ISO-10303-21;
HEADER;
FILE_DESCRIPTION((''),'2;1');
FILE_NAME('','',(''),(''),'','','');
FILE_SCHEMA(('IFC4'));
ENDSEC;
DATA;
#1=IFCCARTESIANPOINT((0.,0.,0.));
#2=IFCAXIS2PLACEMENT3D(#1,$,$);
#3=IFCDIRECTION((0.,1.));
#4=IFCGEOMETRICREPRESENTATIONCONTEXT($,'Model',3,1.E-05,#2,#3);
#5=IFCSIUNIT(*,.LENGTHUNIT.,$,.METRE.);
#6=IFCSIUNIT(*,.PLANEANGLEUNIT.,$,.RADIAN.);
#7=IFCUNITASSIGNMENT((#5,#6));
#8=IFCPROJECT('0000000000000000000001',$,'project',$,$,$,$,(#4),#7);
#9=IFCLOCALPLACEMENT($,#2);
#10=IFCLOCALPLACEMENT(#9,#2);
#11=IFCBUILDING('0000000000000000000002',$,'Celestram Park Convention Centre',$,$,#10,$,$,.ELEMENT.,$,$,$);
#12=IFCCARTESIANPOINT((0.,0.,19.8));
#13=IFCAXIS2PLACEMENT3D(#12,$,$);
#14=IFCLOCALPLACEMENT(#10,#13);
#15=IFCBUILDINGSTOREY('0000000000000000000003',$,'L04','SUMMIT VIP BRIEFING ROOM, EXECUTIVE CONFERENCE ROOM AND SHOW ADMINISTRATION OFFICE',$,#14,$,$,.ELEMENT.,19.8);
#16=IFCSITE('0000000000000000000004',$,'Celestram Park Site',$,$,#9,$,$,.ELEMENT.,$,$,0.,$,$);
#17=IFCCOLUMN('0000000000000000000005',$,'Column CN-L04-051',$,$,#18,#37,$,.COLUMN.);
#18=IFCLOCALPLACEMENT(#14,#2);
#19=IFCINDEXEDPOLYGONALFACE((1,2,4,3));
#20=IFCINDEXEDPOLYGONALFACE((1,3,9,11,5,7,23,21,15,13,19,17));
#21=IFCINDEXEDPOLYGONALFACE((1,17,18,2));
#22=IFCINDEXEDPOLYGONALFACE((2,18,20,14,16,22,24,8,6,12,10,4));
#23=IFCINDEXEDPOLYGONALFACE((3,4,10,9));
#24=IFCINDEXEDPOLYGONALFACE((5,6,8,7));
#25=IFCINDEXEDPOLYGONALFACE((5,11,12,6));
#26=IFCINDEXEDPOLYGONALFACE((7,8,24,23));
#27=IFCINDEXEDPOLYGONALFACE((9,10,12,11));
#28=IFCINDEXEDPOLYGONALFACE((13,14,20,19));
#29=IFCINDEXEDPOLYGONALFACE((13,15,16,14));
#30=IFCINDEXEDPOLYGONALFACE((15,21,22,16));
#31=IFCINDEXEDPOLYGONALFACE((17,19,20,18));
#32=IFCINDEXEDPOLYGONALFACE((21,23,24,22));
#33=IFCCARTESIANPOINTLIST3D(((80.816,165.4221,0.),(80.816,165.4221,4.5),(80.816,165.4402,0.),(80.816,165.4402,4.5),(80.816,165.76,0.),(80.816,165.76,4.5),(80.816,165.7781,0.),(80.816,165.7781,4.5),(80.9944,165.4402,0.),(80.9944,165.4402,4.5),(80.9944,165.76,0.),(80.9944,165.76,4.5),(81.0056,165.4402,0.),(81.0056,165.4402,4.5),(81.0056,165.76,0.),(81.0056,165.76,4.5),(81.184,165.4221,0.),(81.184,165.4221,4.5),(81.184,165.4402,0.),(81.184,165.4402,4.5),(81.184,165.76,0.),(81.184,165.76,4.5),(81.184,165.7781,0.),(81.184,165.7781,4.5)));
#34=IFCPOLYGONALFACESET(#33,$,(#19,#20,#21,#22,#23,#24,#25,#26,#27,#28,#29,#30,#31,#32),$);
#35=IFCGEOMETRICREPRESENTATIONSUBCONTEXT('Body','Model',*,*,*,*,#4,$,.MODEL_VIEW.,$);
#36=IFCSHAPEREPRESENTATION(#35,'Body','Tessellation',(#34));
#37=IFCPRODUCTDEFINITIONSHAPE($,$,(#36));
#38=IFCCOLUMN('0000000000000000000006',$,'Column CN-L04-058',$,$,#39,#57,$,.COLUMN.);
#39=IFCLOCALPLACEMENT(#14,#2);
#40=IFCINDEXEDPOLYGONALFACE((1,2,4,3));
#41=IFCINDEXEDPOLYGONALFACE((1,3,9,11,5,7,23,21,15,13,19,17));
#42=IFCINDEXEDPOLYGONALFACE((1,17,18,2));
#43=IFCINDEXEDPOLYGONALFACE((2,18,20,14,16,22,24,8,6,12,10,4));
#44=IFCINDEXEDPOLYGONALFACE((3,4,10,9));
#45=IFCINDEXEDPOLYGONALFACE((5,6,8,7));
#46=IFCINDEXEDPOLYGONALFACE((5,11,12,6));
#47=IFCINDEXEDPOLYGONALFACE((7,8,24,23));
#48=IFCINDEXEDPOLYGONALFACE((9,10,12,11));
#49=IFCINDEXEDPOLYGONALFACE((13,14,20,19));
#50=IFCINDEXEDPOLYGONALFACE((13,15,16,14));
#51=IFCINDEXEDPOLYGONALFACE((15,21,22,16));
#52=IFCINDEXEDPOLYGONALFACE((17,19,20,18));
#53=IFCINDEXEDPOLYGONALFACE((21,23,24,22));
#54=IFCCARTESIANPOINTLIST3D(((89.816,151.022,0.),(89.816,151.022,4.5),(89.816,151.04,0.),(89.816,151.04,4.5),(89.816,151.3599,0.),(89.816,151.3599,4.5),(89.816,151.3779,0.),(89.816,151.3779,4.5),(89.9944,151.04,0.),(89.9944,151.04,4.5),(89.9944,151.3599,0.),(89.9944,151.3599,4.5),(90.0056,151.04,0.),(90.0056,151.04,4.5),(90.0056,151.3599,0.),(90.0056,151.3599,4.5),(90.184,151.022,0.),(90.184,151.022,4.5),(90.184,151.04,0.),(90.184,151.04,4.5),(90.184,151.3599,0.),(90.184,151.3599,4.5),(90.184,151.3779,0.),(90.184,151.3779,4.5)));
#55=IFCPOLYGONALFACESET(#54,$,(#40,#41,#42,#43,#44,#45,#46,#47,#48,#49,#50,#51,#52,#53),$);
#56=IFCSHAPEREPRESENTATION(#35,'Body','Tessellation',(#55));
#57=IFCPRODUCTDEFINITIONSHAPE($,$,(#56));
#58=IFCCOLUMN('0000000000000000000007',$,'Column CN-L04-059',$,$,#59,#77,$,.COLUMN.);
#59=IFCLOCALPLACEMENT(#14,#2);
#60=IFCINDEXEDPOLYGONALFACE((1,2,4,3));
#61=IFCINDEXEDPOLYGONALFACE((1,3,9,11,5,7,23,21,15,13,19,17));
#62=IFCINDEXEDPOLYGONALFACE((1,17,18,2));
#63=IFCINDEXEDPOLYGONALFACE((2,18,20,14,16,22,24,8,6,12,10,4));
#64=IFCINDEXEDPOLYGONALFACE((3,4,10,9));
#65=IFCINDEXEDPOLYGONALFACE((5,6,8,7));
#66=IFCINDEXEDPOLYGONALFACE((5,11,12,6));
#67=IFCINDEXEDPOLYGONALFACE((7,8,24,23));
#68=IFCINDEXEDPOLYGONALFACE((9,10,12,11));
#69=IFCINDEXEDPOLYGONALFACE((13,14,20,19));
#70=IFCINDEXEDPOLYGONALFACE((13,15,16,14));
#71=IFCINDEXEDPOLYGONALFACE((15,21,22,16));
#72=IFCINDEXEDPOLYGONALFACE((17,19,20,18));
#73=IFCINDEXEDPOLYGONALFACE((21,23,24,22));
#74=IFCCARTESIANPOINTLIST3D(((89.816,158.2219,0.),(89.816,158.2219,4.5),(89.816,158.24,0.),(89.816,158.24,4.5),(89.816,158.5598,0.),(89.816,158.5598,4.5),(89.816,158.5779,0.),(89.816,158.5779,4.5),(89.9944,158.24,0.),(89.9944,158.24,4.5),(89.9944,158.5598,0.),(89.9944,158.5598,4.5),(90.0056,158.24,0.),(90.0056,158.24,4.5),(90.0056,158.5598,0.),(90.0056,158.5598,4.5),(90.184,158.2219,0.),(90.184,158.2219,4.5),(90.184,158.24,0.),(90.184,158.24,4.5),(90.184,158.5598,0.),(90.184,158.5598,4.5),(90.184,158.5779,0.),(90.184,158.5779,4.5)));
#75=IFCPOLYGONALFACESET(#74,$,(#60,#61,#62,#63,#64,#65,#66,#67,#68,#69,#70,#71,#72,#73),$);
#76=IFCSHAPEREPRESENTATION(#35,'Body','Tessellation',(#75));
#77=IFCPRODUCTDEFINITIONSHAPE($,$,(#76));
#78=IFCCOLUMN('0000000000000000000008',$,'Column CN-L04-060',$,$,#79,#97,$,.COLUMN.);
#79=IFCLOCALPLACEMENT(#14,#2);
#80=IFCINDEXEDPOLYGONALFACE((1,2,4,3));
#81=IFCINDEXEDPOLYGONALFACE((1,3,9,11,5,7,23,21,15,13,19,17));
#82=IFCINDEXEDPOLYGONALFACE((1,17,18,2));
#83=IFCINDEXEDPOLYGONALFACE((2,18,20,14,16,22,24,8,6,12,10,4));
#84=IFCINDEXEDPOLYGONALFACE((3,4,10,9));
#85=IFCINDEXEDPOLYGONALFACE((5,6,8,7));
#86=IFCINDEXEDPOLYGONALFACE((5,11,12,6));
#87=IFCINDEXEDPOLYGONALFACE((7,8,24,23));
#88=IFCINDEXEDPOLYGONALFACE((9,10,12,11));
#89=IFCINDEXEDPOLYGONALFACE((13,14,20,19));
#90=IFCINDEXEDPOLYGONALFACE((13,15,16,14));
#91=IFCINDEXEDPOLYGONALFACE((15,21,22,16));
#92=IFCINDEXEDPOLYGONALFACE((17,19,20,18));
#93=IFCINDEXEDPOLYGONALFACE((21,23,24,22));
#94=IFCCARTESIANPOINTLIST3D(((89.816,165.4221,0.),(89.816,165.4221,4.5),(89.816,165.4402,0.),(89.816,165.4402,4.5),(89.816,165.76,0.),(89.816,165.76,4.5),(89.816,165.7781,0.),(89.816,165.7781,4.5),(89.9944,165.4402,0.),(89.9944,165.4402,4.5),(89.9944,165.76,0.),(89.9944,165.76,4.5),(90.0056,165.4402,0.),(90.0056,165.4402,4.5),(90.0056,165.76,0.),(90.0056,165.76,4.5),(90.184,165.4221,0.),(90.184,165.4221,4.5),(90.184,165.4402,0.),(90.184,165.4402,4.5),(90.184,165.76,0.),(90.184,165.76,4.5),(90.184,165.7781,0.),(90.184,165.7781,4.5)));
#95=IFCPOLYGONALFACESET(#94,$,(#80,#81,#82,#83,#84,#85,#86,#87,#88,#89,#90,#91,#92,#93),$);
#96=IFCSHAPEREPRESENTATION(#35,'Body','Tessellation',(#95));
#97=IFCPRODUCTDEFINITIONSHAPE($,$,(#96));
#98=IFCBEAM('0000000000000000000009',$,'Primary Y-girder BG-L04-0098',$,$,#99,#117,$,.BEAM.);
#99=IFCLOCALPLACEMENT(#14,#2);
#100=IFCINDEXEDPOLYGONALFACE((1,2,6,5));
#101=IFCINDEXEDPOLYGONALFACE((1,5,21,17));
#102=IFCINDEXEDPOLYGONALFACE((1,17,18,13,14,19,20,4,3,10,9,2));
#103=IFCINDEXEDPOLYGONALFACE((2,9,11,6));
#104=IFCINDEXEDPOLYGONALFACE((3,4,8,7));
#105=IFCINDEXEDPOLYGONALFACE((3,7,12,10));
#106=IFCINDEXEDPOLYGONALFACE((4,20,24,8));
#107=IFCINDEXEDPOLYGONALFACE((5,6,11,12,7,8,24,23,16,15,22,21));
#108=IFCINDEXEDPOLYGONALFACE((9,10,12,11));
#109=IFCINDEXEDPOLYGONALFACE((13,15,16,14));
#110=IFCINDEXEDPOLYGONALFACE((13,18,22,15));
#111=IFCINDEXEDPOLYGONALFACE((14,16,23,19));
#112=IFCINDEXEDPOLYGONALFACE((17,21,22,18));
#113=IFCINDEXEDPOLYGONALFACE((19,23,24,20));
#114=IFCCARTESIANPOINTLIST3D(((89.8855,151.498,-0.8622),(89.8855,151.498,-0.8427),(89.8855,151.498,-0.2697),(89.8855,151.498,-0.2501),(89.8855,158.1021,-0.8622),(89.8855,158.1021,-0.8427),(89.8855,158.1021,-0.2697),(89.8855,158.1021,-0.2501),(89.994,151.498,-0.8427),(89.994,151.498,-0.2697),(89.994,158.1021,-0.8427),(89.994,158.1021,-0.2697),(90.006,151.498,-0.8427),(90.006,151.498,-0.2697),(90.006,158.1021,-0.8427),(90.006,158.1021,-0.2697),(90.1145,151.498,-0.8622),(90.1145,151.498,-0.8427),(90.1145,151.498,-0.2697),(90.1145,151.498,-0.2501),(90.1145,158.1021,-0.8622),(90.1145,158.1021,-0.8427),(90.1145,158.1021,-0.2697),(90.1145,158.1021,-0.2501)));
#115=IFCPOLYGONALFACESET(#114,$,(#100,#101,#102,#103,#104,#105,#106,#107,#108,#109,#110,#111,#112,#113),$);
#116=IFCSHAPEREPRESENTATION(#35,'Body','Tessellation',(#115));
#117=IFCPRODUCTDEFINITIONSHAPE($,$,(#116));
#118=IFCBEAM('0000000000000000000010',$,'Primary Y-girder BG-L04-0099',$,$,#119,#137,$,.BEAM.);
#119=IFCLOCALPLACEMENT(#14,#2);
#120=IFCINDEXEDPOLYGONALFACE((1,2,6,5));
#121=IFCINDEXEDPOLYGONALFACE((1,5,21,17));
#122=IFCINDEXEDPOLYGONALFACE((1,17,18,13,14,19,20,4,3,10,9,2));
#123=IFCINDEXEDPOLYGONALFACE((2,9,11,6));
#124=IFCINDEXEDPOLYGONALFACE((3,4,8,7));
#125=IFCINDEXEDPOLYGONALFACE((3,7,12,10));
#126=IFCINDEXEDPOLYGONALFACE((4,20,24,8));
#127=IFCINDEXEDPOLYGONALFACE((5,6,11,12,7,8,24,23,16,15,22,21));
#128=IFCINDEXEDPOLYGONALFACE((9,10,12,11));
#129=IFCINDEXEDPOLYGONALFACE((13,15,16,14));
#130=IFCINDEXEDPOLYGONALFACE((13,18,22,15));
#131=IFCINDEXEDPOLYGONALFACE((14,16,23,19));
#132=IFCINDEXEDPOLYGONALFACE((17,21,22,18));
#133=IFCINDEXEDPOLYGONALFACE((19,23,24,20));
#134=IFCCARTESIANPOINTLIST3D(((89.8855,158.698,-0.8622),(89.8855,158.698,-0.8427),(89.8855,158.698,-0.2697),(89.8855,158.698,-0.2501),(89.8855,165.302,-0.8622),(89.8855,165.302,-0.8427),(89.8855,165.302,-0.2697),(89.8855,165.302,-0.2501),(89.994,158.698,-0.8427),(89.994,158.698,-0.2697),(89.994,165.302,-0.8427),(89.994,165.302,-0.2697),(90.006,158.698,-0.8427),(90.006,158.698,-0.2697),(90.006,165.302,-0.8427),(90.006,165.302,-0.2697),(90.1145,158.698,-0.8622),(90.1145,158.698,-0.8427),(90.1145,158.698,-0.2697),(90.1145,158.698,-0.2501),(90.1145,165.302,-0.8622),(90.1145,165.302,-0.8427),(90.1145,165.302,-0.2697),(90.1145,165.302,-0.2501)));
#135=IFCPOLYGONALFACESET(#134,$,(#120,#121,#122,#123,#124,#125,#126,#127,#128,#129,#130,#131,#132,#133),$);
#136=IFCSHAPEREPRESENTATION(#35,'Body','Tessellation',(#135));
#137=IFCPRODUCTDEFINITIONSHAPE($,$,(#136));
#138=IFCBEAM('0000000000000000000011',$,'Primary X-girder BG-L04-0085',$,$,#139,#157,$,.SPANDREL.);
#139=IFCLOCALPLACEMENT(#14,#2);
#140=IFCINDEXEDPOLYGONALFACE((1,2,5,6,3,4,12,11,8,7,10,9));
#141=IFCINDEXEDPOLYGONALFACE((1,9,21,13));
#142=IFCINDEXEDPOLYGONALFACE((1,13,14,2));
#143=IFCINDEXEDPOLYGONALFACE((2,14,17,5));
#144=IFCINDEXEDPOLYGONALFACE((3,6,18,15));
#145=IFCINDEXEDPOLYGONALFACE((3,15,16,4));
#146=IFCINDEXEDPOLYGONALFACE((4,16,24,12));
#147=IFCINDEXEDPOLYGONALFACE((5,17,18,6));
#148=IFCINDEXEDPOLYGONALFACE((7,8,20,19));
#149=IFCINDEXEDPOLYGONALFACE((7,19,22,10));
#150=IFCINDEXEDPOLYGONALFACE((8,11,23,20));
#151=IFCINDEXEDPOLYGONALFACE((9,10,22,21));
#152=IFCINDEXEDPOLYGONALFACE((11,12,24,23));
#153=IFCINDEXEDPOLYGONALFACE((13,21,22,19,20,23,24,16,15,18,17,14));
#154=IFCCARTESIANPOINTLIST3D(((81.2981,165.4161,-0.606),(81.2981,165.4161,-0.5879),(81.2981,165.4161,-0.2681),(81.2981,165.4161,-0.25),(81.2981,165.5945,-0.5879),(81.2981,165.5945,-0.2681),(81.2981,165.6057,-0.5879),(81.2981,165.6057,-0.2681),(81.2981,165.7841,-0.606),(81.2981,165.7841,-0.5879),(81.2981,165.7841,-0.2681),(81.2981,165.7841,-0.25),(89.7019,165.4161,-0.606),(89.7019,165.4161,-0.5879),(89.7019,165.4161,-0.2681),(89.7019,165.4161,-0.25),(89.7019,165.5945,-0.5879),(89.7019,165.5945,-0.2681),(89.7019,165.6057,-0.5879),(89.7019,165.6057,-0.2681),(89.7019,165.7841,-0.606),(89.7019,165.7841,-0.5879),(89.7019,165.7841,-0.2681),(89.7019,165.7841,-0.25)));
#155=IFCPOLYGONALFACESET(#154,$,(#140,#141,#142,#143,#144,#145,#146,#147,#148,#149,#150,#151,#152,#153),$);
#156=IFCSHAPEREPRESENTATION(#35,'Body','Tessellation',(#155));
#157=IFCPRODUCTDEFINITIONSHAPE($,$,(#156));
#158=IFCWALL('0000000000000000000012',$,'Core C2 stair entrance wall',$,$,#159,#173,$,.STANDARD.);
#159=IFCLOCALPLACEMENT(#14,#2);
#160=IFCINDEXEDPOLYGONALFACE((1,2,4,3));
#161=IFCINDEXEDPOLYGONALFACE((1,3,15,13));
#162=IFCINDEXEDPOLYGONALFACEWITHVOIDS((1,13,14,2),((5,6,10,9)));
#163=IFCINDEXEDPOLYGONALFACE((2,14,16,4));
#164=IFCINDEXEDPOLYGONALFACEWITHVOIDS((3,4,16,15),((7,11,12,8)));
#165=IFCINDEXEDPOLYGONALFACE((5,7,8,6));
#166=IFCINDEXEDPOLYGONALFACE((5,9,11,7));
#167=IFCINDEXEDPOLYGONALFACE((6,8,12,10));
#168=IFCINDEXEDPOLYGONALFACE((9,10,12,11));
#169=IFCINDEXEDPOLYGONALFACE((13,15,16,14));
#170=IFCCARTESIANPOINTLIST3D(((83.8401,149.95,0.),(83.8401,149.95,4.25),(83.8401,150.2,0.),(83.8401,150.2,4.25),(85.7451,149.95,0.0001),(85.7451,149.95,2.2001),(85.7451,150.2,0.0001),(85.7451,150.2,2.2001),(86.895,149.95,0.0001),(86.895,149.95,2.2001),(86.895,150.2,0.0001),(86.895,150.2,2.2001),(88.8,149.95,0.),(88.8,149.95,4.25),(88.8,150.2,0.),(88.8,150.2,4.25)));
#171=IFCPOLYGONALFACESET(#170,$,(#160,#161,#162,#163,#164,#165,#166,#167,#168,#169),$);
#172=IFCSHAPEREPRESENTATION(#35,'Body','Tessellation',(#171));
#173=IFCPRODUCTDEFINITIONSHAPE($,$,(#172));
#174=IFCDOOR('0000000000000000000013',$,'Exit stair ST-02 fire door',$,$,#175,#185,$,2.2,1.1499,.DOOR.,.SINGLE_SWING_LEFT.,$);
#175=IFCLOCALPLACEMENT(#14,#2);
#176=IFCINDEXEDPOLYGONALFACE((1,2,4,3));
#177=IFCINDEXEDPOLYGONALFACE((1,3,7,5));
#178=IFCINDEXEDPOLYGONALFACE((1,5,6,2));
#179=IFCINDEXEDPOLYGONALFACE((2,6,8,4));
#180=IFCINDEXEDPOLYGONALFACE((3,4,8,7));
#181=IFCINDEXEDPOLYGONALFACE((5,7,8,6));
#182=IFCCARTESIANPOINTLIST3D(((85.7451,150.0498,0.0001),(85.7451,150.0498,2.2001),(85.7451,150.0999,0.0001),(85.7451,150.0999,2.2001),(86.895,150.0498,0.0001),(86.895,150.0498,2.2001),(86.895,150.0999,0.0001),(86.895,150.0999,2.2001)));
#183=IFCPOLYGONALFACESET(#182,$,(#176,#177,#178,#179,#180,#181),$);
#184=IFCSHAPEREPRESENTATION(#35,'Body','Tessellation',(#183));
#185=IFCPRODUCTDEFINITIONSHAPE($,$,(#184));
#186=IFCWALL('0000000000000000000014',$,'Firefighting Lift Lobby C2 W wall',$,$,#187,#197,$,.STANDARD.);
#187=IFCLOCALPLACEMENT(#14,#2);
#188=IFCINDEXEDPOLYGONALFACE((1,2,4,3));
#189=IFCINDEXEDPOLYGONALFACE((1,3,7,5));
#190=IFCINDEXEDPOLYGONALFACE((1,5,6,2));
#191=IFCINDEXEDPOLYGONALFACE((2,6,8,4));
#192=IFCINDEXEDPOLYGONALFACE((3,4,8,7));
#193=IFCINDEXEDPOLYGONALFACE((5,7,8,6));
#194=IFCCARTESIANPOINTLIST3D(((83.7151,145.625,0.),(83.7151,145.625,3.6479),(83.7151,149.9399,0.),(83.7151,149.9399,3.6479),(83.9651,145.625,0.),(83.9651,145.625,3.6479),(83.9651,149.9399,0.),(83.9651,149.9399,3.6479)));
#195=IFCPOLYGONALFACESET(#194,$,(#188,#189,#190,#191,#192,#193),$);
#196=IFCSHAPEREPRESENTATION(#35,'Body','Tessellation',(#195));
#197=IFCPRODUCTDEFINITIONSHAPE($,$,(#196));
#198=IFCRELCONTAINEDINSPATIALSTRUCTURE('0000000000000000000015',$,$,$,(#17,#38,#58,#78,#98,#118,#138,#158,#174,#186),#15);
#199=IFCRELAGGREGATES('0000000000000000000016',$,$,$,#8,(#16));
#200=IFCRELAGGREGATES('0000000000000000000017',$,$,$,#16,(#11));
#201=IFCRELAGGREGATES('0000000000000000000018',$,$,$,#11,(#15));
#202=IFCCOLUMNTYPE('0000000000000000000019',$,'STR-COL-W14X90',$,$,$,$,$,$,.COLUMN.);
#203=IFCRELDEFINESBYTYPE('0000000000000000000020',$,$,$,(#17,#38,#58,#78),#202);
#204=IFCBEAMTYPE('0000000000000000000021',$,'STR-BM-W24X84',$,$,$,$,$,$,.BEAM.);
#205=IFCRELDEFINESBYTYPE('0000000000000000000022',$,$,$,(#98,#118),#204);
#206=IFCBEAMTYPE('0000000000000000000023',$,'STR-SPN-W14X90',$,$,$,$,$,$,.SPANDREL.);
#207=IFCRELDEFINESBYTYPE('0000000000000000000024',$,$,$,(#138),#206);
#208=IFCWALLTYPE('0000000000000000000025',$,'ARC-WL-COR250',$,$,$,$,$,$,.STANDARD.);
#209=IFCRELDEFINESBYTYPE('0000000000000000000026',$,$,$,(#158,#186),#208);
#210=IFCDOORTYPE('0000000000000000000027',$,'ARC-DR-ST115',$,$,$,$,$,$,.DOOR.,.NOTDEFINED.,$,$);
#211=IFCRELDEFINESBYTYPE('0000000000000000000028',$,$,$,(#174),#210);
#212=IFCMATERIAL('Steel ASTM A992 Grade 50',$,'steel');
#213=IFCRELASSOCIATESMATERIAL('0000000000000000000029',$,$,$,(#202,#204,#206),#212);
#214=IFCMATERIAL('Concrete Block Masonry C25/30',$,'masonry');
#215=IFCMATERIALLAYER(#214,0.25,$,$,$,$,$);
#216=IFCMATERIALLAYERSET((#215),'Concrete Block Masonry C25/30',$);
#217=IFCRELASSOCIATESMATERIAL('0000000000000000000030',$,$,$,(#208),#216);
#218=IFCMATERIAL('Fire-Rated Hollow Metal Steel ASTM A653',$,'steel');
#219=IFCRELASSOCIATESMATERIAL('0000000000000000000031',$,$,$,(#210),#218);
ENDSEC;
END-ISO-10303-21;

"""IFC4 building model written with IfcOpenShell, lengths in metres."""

from ifc_helpers import new_model, si_unit, direction, frame, frame_2d, origin, origin_2d, place, context, subcontext, project, spatial, rectangle, i_section, extrude, material, layer, layer_set, material_profile, profile_set, type_object, element, fill, save


model = new_model("IFC4")

# Units and contexts
model_context = context("Model", 3, precision=1e-05, world=origin(), true_north=direction((0.0, 1.0)))
body_context = subcontext(model_context, "Body", "Model", "MODEL_VIEW")
ifc_project = project(units=[si_unit("LENGTHUNIT", "METRE"), si_unit("PLANEANGLEUNIT", "RADIAN")], contexts=[model_context])

# Site, building, storey
site_placement = place(None, origin())
site = spatial("IfcSite", under=ifc_project, at=site_placement, Name="Celestram Park Site", CompositionType="ELEMENT", RefElevation=0.0)
building_placement = place(site_placement, origin())
building = spatial("IfcBuilding", under=site, at=building_placement, Name="Celestram Park Convention Centre", CompositionType="ELEMENT")
storey_placement = place(building_placement, frame((0.0, 0.0, 19.8)))
storey = spatial("IfcBuildingStorey", under=building, at=storey_placement, Name="L04", Description="SUMMIT VIP BRIEFING ROOM, EXECUTIVE CONFERENCE ROOM AND SHOW ADMINISTRATION OFFICE", CompositionType="ELEMENT", Elevation=19.8)

# Columns
ifc_material_1 = material(Name="Steel ASTM A992 Grade 50", Category="steel")
ifc_material_profile_1 = material_profile(ifc_material_1, i_section(OverallWidth=0.3679, OverallDepth=0.356, WebThickness=0.0112, FlangeThickness=0.0181, at=origin_2d()), Name="W14X90")
ifc_profile_set_1 = profile_set([ifc_material_profile_1], Name="Steel ASTM A992 Grade 50")
column_type = type_object("IfcColumnType", Name="STR-COL-W14X90", PredefinedType="COLUMN", material=ifc_profile_set_1)
for number, where, z_axis, x_axis, name in (
    (1, (81.0, 165.6001, 0.0), (0.0, 0.0, 1.0), (1.0, 0.0, 0.0), "Column CN-L04-051"),
    (2, (90.0, 151.2, 0.0), (0.0, 0.0, 1.0), (1.0, 0.0, 0.0), "Column CN-L04-058"),
    (3, (90.0, 158.3999, 0.0), (0.0, 0.0, 1.0), (1.0, 0.0, 0.0), "Column CN-L04-059"),
    (4, (90.0, 165.6001, 0.0), (0.0, 0.0, 1.0), (1.0, 0.0, 0.0), "Column CN-L04-060"),
):
    element("IfcColumn", number, at=place(storey_placement, frame(where, z_axis=z_axis, x_axis=x_axis)), inside=storey, type_object=column_type, Name=name, PredefinedType="COLUMN", context=body_context, shape_type="SweptSolid", body=[
        extrude(i_section(OverallWidth=0.3679, OverallDepth=0.356, WebThickness=0.0112, FlangeThickness=0.0181, at=origin_2d()), origin(), (0.0, 0.0, 1.0), 4.5),
    ])

# Beams
ifc_material_profile_2 = material_profile(ifc_material_1, i_section(OverallWidth=0.229, OverallDepth=0.6121, WebThickness=0.012, FlangeThickness=0.0195, at=origin_2d()), Name="W24X84")
ifc_profile_set_2 = profile_set([ifc_material_profile_2], Name="Steel ASTM A992 Grade 50")
beam_type_1 = type_object("IfcBeamType", Name="STR-BM-W24X84", PredefinedType="BEAM", material=ifc_profile_set_2)
for number, where, z_axis, x_axis, name in (
    (5, (90.0, 151.498, -0.5562), (0.0, 1.0, 0.0), (-1.0, 0.0, 0.0), "Primary Y-girder BG-L04-0098"),
    (6, (90.0, 158.698, -0.5562), (0.0, 1.0, 0.0), (-1.0, 0.0, 0.0), "Primary Y-girder BG-L04-0099"),
):
    element("IfcBeam", number, at=place(storey_placement, frame(where, z_axis=z_axis, x_axis=x_axis)), inside=storey, type_object=beam_type_1, Name=name, PredefinedType="BEAM", context=body_context, shape_type="SweptSolid", body=[
        extrude(i_section(OverallWidth=0.229, OverallDepth=0.6121, WebThickness=0.012, FlangeThickness=0.0195, at=origin_2d()), origin(), (0.0, 0.0, 1.0), 6.604),
    ])
ifc_material_profile_3 = material_profile(ifc_material_1, i_section(OverallWidth=0.3679, OverallDepth=0.356, WebThickness=0.0112, FlangeThickness=0.0181, at=origin_2d()), Name="W14X90")
ifc_profile_set_3 = profile_set([ifc_material_profile_3], Name="Steel ASTM A992 Grade 50")
beam_type_2 = type_object("IfcBeamType", Name="STR-SPN-W14X90", PredefinedType="SPANDREL", material=ifc_profile_set_3)
beam_placement = place(storey_placement, frame((81.2981, 165.6001, -0.428), z_axis=(1.0, 0.0, 0.0), x_axis=(0.0, 1.0, 0.0)))
element("IfcBeam", 7, at=beam_placement, inside=storey, type_object=beam_type_2, Name="Primary X-girder BG-L04-0085", PredefinedType="SPANDREL", context=body_context, shape_type="SweptSolid", body=[
    extrude(i_section(OverallWidth=0.3679, OverallDepth=0.356, WebThickness=0.0112, FlangeThickness=0.0181, at=origin_2d()), origin(), (0.0, 0.0, 1.0), 8.4038),
])

# Wall, opening, door
ifc_material_2 = material(Name="Concrete Block Masonry C25/30", Category="masonry")
ifc_layer_1 = layer(ifc_material_2, 0.25)
ifc_layer_set_1 = layer_set([ifc_layer_1], Name="Concrete Block Masonry C25/30")
wall_type_1 = type_object("IfcWallType", Name="ARC-WL-COR250", PredefinedType="STANDARD", material=ifc_layer_set_1)
wall_1_placement = place(storey_placement, frame((83.8401, 150.075, 0.0), z_axis=(0.0, 0.0, 1.0), x_axis=(1.0, 0.0, 0.0)))
wall_1 = element("IfcWall", 8, at=wall_1_placement, inside=storey, type_object=wall_type_1, Name="Core C2 stair entrance wall", PredefinedType="STANDARD", context=body_context, shape_type="SweptSolid", body=[
    extrude(rectangle(XDim=4.96, YDim=0.25, at=frame_2d((2.48, 0.0))), origin(), (0.0, 0.0, 1.0), 4.25),
])
opening_placement = place(wall_1_placement, frame((1.905, 0.0, 0.0)))
opening = element("IfcOpeningElement", 9, at=opening_placement, cuts=wall_1, PredefinedType="OPENING", context=body_context, shape_type="SweptSolid", body=[
    extrude(rectangle(XDim=1.1499, YDim=2.2, at=frame_2d((0.575, 1.1001))), frame((0.0, 0.135, 0.0), z_axis=(0.0, -1.0, 0.0), x_axis=(1.0, 0.0, 0.0)), (0.0, 0.0, 1.0), 0.27),
])
ifc_material_3 = material(Name="Fire-Rated Hollow Metal Steel ASTM A653", Category="steel")
door_type = type_object("IfcDoorType", Name="ARC-DR-ST115", OperationType="NOTDEFINED", PredefinedType="DOOR", material=ifc_material_3)
door_placement = place(opening_placement, origin())
door = element("IfcDoor", 10, at=door_placement, inside=storey, type_object=door_type, Name="Exit stair ST-02 fire door", OperationType="SINGLE_SWING_LEFT", OverallHeight=2.2, OverallWidth=1.1499, PredefinedType="DOOR", context=body_context, shape_type="SweptSolid", body=[
    extrude(rectangle(XDim=1.1499, YDim=2.2, at=frame_2d((0.575, 1.1001))), frame((0.0, 0.0249, 0.0), z_axis=(0.0, -1.0, 0.0), x_axis=(1.0, 0.0, 0.0)), (0.0, 0.0, 1.0), 0.05),
])
fill(opening, door)

# Wall
wall_2_placement = place(storey_placement, frame((83.8401, 149.9399, 0.0), z_axis=(0.0, 0.0, 1.0), x_axis=(0.0, -1.0, 0.0)))
element("IfcWall", 11, at=wall_2_placement, inside=storey, type_object=wall_type_1, Name="Firefighting Lift Lobby C2 W wall", PredefinedType="STANDARD", context=body_context, shape_type="SweptSolid", body=[
    extrude(rectangle(XDim=4.3149, YDim=0.25, at=frame_2d((2.1575, 0.0))), origin(), (0.0, 0.0, 1.0), 3.6479),
])

save(model, "model.ifc")
